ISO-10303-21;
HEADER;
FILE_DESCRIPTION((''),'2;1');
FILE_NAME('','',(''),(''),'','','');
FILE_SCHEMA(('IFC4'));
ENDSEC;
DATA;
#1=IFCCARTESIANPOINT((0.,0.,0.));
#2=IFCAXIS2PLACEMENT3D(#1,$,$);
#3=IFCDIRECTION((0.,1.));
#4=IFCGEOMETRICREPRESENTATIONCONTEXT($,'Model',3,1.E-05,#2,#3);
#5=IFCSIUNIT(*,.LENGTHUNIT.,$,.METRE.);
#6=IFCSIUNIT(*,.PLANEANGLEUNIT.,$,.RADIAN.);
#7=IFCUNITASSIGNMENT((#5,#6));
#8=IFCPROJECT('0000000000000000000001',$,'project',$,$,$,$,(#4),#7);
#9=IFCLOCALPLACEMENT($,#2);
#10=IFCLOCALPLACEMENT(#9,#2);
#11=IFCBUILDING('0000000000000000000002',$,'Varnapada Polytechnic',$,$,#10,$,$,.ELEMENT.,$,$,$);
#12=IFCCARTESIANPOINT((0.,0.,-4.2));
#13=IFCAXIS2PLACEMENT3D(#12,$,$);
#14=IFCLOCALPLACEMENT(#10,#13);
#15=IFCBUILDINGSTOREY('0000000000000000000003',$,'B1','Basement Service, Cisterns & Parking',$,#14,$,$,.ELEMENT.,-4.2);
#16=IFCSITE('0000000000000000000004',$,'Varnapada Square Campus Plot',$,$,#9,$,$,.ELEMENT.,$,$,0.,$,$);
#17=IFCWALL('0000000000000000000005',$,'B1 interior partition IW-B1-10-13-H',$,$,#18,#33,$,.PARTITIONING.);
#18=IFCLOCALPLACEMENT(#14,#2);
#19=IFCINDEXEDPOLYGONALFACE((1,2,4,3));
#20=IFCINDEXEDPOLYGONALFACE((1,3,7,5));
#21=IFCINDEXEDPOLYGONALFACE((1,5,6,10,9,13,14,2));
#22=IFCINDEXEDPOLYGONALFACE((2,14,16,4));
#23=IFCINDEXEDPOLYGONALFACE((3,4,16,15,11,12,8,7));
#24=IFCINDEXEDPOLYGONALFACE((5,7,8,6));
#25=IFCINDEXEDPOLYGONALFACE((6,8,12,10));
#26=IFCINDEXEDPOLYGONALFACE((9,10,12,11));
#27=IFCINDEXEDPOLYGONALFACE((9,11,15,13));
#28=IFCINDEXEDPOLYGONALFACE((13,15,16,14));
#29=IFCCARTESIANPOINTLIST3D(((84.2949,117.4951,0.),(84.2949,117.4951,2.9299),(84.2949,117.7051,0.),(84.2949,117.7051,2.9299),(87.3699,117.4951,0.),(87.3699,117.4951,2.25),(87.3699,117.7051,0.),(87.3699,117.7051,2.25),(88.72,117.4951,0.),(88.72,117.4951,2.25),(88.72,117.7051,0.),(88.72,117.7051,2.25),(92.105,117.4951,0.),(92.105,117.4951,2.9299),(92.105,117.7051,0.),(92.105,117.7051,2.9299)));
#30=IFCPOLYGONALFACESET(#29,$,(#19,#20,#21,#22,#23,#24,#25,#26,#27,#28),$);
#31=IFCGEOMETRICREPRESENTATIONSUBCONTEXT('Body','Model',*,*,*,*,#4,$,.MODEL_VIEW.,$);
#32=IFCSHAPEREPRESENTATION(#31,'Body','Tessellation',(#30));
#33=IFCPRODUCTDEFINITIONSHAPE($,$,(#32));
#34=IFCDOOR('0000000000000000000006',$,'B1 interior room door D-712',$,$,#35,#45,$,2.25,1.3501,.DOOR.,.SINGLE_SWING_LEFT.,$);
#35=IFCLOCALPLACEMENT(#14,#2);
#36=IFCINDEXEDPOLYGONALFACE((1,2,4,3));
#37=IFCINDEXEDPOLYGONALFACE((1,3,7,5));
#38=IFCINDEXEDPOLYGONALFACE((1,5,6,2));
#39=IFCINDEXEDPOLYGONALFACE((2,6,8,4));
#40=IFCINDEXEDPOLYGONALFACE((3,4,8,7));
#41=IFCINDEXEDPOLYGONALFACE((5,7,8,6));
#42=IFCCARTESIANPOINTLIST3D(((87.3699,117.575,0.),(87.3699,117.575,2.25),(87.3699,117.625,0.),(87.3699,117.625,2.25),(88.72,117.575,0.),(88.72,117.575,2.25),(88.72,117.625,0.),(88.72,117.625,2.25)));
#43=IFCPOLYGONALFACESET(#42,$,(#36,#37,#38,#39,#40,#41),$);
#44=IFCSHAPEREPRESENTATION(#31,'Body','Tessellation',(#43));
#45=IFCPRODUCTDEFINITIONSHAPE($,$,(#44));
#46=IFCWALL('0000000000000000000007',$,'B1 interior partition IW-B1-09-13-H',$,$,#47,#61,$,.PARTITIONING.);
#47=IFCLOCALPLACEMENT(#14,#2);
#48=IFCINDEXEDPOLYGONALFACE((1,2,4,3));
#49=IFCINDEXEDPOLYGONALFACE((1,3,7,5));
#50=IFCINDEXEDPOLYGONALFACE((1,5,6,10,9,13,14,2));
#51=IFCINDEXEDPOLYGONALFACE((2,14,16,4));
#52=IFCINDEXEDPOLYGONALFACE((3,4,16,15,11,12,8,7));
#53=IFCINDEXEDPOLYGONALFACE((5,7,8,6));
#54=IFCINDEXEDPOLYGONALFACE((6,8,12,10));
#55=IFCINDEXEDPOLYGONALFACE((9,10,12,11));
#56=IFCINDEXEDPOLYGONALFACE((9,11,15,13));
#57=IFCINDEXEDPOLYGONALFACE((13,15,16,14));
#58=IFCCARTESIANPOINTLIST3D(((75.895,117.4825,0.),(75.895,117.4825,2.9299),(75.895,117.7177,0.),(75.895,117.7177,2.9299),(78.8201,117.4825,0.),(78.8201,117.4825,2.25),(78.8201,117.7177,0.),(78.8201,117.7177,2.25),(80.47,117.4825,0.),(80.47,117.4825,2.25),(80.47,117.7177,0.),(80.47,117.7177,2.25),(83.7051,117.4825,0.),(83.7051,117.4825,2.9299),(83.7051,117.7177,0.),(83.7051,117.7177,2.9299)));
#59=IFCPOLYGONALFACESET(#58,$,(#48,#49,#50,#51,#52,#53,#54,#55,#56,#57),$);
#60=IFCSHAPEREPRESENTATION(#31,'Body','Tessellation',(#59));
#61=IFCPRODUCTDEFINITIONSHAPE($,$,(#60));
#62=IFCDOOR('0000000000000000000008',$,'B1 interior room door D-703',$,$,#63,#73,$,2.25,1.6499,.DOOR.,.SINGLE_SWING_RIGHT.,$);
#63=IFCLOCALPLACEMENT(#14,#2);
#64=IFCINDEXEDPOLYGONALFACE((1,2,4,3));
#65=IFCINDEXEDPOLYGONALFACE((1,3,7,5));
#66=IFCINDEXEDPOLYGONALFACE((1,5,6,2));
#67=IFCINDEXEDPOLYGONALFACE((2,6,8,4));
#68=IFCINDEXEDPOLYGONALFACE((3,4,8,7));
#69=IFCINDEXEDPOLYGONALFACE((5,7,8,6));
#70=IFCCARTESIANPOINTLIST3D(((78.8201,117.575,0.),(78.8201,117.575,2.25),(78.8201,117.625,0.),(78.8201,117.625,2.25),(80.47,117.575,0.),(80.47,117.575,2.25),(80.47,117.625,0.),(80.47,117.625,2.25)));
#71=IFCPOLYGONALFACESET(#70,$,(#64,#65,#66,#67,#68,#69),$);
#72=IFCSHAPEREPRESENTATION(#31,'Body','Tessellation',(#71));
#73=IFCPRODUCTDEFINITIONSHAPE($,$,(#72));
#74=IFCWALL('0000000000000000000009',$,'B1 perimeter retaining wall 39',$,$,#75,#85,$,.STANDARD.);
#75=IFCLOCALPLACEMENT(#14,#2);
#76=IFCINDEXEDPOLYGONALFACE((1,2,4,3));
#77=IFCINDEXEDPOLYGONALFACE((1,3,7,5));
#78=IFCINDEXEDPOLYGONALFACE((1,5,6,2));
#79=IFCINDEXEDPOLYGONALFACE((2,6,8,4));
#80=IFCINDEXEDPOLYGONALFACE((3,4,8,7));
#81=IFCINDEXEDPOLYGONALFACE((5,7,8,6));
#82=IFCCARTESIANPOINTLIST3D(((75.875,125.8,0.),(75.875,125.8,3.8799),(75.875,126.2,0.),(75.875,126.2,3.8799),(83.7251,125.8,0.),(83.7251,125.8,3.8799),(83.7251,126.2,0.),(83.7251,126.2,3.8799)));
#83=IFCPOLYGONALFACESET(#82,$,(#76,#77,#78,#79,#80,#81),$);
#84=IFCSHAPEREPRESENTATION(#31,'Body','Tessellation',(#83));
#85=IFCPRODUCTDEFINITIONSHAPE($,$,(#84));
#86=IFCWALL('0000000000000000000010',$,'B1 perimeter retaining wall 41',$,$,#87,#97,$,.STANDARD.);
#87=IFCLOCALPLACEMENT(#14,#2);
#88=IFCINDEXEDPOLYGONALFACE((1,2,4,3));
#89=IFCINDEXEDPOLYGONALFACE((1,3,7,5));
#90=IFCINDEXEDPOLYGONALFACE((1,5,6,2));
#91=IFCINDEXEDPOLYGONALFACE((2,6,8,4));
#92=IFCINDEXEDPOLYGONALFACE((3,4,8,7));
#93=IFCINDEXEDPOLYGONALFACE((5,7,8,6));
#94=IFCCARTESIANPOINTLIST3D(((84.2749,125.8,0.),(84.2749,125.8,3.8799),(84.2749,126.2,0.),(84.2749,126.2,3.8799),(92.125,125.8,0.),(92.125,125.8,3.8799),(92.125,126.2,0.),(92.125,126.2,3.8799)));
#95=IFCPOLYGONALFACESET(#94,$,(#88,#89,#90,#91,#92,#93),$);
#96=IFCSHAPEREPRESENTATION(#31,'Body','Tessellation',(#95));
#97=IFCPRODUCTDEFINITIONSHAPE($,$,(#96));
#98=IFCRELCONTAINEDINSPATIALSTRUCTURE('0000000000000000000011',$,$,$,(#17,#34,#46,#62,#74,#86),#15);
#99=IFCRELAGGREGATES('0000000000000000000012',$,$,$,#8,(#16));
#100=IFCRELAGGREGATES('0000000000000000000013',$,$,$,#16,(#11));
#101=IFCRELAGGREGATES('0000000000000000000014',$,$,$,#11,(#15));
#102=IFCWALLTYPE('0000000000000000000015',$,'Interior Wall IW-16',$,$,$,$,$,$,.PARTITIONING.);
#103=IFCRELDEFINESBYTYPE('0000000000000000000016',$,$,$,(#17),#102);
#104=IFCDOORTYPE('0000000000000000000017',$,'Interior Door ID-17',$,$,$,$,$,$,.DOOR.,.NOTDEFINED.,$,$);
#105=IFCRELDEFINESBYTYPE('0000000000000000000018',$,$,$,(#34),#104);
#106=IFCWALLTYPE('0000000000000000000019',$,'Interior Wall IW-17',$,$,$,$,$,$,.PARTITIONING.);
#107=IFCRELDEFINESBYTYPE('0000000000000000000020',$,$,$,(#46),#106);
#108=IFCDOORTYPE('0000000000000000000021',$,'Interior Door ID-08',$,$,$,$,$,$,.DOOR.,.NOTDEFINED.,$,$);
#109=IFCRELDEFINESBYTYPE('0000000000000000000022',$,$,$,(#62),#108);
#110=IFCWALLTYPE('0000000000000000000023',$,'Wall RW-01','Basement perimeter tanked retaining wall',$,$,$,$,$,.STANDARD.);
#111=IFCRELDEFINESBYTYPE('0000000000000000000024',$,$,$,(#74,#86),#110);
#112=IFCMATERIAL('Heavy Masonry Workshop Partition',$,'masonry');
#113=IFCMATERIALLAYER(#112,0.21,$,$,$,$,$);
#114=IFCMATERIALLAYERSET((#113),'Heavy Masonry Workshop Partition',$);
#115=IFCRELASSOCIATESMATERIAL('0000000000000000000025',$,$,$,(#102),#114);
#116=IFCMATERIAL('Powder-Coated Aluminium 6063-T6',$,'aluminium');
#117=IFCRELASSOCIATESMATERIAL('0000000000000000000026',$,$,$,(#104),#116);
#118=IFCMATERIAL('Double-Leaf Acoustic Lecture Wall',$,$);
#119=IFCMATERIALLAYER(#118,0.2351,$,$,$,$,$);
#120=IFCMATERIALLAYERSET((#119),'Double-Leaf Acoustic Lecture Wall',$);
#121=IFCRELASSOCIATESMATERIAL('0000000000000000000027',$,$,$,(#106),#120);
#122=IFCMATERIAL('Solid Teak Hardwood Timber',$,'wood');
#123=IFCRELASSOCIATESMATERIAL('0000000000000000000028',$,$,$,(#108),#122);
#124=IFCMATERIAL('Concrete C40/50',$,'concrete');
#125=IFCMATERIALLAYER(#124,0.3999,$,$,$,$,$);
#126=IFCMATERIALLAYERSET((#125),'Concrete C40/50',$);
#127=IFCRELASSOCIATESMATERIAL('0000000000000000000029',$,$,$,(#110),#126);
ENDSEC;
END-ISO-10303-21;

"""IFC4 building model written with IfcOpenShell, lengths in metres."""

from ifc_helpers import new_model, si_unit, direction, frame, frame_2d, origin, place, context, subcontext, project, spatial, rectangle, extrude, material, layer, layer_set, type_object, element, fill, save


model = new_model("IFC4")

# Units and contexts
model_context = context("Model", 3, precision=1e-05, world=origin(), true_north=direction((0.0, 1.0)))
body_context = subcontext(model_context, "Body", "Model", "MODEL_VIEW")
ifc_project = project(units=[si_unit("LENGTHUNIT", "METRE"), si_unit("PLANEANGLEUNIT", "RADIAN")], contexts=[model_context])

# Site, building, storey
site_placement = place(None, origin())
site = spatial("IfcSite", under=ifc_project, at=site_placement, Name="Varnapada Square Campus Plot", CompositionType="ELEMENT", RefElevation=0.0)
building_placement = place(site_placement, origin())
building = spatial("IfcBuilding", under=site, at=building_placement, Name="Varnapada Polytechnic", CompositionType="ELEMENT")
storey_placement = place(building_placement, frame((0.0, 0.0, -4.2)))
storey = spatial("IfcBuildingStorey", under=building, at=storey_placement, Name="B1", Description="Basement Service, Cisterns & Parking", CompositionType="ELEMENT", Elevation=-4.2)

# Shared definitions
ifc_material_1 = material(Name="Concrete C40/50", Category="concrete")

# Walls, openings, doors
ifc_material_2 = material(Name="Heavy Masonry Workshop Partition", Category="masonry")
ifc_layer_1 = layer(ifc_material_2, 0.21)
ifc_layer_set_1 = layer_set([ifc_layer_1], Name="Heavy Masonry Workshop Partition")
wall_type_1 = type_object("IfcWallType", Name="Interior Wall IW-16", PredefinedType="PARTITIONING", material=ifc_layer_set_1)
wall_1_placement = place(storey_placement, frame((84.2949, 117.6001, 0.0), z_axis=(0.0, 0.0, 1.0), x_axis=(1.0, 0.0, 0.0)))
wall_1 = element("IfcWall", 1, at=wall_1_placement, inside=storey, type_object=wall_type_1, Name="B1 interior partition IW-B1-10-13-H", PredefinedType="PARTITIONING", context=body_context, shape_type="SweptSolid", body=[
    extrude(rectangle(XDim=7.8101, YDim=0.21, at=frame_2d((3.905, 0.0))), origin(), (0.0, 0.0, 1.0), 2.9299),
])
opening_1_placement = place(wall_1_placement, frame((3.075, 0.0, 0.0)))
opening_1 = element("IfcOpeningElement", 2, at=opening_1_placement, cuts=wall_1, PredefinedType="OPENING", context=body_context, shape_type="SweptSolid", body=[
    extrude(rectangle(XDim=1.3501, YDim=2.25, at=frame_2d((0.675, 1.125))), frame((0.0, 0.115, 0.0), z_axis=(0.0, -1.0, 0.0), x_axis=(1.0, 0.0, 0.0)), (0.0, 0.0, 1.0), 0.23),
])
ifc_material_3 = material(Name="Powder-Coated Aluminium 6063-T6", Category="aluminium")
door_type_1 = type_object("IfcDoorType", Name="Interior Door ID-17", OperationType="NOTDEFINED", PredefinedType="DOOR", material=ifc_material_3)
door_1_placement = place(opening_1_placement, origin())
door_1 = element("IfcDoor", 3, at=door_1_placement, inside=storey, type_object=door_type_1, Name="B1 interior room door D-712", OperationType="SINGLE_SWING_LEFT", OverallHeight=2.25, OverallWidth=1.3501, PredefinedType="DOOR", context=body_context, shape_type="SweptSolid", body=[
    extrude(rectangle(XDim=1.3501, YDim=2.25, at=frame_2d((0.675, 1.125))), frame((0.0, 0.0249, 0.0), z_axis=(0.0, -1.0, 0.0), x_axis=(1.0, 0.0, 0.0)), (0.0, 0.0, 1.0), 0.05),
])
fill(opening_1, door_1)
ifc_material_4 = material(Name="Double-Leaf Acoustic Lecture Wall")
ifc_layer_2 = layer(ifc_material_4, 0.2351)
ifc_layer_set_2 = layer_set([ifc_layer_2], Name="Double-Leaf Acoustic Lecture Wall")
wall_type_2 = type_object("IfcWallType", Name="Interior Wall IW-17", PredefinedType="PARTITIONING", material=ifc_layer_set_2)
wall_2_placement = place(storey_placement, frame((75.895, 117.6001, 0.0), z_axis=(0.0, 0.0, 1.0), x_axis=(1.0, 0.0, 0.0)))
wall_2 = element("IfcWall", 4, at=wall_2_placement, inside=storey, type_object=wall_type_2, Name="B1 interior partition IW-B1-09-13-H", PredefinedType="PARTITIONING", context=body_context, shape_type="SweptSolid", body=[
    extrude(rectangle(XDim=7.8101, YDim=0.2351, at=frame_2d((3.905, 0.0))), origin(), (0.0, 0.0, 1.0), 2.9299),
])
opening_2_placement = place(wall_2_placement, frame((2.925, 0.0, 0.0)))
opening_2 = element("IfcOpeningElement", 5, at=opening_2_placement, cuts=wall_2, PredefinedType="OPENING", context=body_context, shape_type="SweptSolid", body=[
    extrude(rectangle(XDim=1.6499, YDim=2.25, at=frame_2d((0.825, 1.125))), frame((0.0, 0.1274, 0.0), z_axis=(0.0, -1.0, 0.0), x_axis=(1.0, 0.0, 0.0)), (0.0, 0.0, 1.0), 0.2551),
])
ifc_material_5 = material(Name="Solid Teak Hardwood Timber", Category="wood")
door_type_2 = type_object("IfcDoorType", Name="Interior Door ID-08", OperationType="NOTDEFINED", PredefinedType="DOOR", material=ifc_material_5)
door_2_placement = place(opening_2_placement, origin())
door_2 = element("IfcDoor", 6, at=door_2_placement, inside=storey, type_object=door_type_2, Name="B1 interior room door D-703", OperationType="SINGLE_SWING_RIGHT", OverallHeight=2.25, OverallWidth=1.6499, PredefinedType="DOOR", context=body_context, shape_type="SweptSolid", body=[
    extrude(rectangle(XDim=1.6499, YDim=2.25, at=frame_2d((0.825, 1.125))), frame((0.0, 0.0249, 0.0), z_axis=(0.0, -1.0, 0.0), x_axis=(1.0, 0.0, 0.0)), (0.0, 0.0, 1.0), 0.05),
])
fill(opening_2, door_2)

# Walls
ifc_layer_3 = layer(ifc_material_1, 0.3999)
ifc_layer_set_3 = layer_set([ifc_layer_3], Name="Concrete C40/50")
wall_type_3 = type_object("IfcWallType", Name="Wall RW-01", Description="Basement perimeter tanked retaining wall", PredefinedType="STANDARD", material=ifc_layer_set_3)
for number, where, z_axis, x_axis, name in (
    (7, (75.875, 126.0, 0.0), (0.0, 0.0, 1.0), (1.0, 0.0, 0.0), "B1 perimeter retaining wall 39"),
    (8, (84.2749, 126.0, 0.0), (0.0, 0.0, 1.0), (1.0, 0.0, 0.0), "B1 perimeter retaining wall 41"),
):
    element("IfcWall", number, at=place(storey_placement, frame(where, z_axis=z_axis, x_axis=x_axis)), inside=storey, type_object=wall_type_3, Name=name, PredefinedType="STANDARD", context=body_context, shape_type="SweptSolid", body=[
        extrude(rectangle(XDim=7.8501, YDim=0.3999, at=frame_2d((3.925, 0.0))), origin(), (0.0, 0.0, 1.0), 3.8799),
    ])

save(model, "model.ifc")
